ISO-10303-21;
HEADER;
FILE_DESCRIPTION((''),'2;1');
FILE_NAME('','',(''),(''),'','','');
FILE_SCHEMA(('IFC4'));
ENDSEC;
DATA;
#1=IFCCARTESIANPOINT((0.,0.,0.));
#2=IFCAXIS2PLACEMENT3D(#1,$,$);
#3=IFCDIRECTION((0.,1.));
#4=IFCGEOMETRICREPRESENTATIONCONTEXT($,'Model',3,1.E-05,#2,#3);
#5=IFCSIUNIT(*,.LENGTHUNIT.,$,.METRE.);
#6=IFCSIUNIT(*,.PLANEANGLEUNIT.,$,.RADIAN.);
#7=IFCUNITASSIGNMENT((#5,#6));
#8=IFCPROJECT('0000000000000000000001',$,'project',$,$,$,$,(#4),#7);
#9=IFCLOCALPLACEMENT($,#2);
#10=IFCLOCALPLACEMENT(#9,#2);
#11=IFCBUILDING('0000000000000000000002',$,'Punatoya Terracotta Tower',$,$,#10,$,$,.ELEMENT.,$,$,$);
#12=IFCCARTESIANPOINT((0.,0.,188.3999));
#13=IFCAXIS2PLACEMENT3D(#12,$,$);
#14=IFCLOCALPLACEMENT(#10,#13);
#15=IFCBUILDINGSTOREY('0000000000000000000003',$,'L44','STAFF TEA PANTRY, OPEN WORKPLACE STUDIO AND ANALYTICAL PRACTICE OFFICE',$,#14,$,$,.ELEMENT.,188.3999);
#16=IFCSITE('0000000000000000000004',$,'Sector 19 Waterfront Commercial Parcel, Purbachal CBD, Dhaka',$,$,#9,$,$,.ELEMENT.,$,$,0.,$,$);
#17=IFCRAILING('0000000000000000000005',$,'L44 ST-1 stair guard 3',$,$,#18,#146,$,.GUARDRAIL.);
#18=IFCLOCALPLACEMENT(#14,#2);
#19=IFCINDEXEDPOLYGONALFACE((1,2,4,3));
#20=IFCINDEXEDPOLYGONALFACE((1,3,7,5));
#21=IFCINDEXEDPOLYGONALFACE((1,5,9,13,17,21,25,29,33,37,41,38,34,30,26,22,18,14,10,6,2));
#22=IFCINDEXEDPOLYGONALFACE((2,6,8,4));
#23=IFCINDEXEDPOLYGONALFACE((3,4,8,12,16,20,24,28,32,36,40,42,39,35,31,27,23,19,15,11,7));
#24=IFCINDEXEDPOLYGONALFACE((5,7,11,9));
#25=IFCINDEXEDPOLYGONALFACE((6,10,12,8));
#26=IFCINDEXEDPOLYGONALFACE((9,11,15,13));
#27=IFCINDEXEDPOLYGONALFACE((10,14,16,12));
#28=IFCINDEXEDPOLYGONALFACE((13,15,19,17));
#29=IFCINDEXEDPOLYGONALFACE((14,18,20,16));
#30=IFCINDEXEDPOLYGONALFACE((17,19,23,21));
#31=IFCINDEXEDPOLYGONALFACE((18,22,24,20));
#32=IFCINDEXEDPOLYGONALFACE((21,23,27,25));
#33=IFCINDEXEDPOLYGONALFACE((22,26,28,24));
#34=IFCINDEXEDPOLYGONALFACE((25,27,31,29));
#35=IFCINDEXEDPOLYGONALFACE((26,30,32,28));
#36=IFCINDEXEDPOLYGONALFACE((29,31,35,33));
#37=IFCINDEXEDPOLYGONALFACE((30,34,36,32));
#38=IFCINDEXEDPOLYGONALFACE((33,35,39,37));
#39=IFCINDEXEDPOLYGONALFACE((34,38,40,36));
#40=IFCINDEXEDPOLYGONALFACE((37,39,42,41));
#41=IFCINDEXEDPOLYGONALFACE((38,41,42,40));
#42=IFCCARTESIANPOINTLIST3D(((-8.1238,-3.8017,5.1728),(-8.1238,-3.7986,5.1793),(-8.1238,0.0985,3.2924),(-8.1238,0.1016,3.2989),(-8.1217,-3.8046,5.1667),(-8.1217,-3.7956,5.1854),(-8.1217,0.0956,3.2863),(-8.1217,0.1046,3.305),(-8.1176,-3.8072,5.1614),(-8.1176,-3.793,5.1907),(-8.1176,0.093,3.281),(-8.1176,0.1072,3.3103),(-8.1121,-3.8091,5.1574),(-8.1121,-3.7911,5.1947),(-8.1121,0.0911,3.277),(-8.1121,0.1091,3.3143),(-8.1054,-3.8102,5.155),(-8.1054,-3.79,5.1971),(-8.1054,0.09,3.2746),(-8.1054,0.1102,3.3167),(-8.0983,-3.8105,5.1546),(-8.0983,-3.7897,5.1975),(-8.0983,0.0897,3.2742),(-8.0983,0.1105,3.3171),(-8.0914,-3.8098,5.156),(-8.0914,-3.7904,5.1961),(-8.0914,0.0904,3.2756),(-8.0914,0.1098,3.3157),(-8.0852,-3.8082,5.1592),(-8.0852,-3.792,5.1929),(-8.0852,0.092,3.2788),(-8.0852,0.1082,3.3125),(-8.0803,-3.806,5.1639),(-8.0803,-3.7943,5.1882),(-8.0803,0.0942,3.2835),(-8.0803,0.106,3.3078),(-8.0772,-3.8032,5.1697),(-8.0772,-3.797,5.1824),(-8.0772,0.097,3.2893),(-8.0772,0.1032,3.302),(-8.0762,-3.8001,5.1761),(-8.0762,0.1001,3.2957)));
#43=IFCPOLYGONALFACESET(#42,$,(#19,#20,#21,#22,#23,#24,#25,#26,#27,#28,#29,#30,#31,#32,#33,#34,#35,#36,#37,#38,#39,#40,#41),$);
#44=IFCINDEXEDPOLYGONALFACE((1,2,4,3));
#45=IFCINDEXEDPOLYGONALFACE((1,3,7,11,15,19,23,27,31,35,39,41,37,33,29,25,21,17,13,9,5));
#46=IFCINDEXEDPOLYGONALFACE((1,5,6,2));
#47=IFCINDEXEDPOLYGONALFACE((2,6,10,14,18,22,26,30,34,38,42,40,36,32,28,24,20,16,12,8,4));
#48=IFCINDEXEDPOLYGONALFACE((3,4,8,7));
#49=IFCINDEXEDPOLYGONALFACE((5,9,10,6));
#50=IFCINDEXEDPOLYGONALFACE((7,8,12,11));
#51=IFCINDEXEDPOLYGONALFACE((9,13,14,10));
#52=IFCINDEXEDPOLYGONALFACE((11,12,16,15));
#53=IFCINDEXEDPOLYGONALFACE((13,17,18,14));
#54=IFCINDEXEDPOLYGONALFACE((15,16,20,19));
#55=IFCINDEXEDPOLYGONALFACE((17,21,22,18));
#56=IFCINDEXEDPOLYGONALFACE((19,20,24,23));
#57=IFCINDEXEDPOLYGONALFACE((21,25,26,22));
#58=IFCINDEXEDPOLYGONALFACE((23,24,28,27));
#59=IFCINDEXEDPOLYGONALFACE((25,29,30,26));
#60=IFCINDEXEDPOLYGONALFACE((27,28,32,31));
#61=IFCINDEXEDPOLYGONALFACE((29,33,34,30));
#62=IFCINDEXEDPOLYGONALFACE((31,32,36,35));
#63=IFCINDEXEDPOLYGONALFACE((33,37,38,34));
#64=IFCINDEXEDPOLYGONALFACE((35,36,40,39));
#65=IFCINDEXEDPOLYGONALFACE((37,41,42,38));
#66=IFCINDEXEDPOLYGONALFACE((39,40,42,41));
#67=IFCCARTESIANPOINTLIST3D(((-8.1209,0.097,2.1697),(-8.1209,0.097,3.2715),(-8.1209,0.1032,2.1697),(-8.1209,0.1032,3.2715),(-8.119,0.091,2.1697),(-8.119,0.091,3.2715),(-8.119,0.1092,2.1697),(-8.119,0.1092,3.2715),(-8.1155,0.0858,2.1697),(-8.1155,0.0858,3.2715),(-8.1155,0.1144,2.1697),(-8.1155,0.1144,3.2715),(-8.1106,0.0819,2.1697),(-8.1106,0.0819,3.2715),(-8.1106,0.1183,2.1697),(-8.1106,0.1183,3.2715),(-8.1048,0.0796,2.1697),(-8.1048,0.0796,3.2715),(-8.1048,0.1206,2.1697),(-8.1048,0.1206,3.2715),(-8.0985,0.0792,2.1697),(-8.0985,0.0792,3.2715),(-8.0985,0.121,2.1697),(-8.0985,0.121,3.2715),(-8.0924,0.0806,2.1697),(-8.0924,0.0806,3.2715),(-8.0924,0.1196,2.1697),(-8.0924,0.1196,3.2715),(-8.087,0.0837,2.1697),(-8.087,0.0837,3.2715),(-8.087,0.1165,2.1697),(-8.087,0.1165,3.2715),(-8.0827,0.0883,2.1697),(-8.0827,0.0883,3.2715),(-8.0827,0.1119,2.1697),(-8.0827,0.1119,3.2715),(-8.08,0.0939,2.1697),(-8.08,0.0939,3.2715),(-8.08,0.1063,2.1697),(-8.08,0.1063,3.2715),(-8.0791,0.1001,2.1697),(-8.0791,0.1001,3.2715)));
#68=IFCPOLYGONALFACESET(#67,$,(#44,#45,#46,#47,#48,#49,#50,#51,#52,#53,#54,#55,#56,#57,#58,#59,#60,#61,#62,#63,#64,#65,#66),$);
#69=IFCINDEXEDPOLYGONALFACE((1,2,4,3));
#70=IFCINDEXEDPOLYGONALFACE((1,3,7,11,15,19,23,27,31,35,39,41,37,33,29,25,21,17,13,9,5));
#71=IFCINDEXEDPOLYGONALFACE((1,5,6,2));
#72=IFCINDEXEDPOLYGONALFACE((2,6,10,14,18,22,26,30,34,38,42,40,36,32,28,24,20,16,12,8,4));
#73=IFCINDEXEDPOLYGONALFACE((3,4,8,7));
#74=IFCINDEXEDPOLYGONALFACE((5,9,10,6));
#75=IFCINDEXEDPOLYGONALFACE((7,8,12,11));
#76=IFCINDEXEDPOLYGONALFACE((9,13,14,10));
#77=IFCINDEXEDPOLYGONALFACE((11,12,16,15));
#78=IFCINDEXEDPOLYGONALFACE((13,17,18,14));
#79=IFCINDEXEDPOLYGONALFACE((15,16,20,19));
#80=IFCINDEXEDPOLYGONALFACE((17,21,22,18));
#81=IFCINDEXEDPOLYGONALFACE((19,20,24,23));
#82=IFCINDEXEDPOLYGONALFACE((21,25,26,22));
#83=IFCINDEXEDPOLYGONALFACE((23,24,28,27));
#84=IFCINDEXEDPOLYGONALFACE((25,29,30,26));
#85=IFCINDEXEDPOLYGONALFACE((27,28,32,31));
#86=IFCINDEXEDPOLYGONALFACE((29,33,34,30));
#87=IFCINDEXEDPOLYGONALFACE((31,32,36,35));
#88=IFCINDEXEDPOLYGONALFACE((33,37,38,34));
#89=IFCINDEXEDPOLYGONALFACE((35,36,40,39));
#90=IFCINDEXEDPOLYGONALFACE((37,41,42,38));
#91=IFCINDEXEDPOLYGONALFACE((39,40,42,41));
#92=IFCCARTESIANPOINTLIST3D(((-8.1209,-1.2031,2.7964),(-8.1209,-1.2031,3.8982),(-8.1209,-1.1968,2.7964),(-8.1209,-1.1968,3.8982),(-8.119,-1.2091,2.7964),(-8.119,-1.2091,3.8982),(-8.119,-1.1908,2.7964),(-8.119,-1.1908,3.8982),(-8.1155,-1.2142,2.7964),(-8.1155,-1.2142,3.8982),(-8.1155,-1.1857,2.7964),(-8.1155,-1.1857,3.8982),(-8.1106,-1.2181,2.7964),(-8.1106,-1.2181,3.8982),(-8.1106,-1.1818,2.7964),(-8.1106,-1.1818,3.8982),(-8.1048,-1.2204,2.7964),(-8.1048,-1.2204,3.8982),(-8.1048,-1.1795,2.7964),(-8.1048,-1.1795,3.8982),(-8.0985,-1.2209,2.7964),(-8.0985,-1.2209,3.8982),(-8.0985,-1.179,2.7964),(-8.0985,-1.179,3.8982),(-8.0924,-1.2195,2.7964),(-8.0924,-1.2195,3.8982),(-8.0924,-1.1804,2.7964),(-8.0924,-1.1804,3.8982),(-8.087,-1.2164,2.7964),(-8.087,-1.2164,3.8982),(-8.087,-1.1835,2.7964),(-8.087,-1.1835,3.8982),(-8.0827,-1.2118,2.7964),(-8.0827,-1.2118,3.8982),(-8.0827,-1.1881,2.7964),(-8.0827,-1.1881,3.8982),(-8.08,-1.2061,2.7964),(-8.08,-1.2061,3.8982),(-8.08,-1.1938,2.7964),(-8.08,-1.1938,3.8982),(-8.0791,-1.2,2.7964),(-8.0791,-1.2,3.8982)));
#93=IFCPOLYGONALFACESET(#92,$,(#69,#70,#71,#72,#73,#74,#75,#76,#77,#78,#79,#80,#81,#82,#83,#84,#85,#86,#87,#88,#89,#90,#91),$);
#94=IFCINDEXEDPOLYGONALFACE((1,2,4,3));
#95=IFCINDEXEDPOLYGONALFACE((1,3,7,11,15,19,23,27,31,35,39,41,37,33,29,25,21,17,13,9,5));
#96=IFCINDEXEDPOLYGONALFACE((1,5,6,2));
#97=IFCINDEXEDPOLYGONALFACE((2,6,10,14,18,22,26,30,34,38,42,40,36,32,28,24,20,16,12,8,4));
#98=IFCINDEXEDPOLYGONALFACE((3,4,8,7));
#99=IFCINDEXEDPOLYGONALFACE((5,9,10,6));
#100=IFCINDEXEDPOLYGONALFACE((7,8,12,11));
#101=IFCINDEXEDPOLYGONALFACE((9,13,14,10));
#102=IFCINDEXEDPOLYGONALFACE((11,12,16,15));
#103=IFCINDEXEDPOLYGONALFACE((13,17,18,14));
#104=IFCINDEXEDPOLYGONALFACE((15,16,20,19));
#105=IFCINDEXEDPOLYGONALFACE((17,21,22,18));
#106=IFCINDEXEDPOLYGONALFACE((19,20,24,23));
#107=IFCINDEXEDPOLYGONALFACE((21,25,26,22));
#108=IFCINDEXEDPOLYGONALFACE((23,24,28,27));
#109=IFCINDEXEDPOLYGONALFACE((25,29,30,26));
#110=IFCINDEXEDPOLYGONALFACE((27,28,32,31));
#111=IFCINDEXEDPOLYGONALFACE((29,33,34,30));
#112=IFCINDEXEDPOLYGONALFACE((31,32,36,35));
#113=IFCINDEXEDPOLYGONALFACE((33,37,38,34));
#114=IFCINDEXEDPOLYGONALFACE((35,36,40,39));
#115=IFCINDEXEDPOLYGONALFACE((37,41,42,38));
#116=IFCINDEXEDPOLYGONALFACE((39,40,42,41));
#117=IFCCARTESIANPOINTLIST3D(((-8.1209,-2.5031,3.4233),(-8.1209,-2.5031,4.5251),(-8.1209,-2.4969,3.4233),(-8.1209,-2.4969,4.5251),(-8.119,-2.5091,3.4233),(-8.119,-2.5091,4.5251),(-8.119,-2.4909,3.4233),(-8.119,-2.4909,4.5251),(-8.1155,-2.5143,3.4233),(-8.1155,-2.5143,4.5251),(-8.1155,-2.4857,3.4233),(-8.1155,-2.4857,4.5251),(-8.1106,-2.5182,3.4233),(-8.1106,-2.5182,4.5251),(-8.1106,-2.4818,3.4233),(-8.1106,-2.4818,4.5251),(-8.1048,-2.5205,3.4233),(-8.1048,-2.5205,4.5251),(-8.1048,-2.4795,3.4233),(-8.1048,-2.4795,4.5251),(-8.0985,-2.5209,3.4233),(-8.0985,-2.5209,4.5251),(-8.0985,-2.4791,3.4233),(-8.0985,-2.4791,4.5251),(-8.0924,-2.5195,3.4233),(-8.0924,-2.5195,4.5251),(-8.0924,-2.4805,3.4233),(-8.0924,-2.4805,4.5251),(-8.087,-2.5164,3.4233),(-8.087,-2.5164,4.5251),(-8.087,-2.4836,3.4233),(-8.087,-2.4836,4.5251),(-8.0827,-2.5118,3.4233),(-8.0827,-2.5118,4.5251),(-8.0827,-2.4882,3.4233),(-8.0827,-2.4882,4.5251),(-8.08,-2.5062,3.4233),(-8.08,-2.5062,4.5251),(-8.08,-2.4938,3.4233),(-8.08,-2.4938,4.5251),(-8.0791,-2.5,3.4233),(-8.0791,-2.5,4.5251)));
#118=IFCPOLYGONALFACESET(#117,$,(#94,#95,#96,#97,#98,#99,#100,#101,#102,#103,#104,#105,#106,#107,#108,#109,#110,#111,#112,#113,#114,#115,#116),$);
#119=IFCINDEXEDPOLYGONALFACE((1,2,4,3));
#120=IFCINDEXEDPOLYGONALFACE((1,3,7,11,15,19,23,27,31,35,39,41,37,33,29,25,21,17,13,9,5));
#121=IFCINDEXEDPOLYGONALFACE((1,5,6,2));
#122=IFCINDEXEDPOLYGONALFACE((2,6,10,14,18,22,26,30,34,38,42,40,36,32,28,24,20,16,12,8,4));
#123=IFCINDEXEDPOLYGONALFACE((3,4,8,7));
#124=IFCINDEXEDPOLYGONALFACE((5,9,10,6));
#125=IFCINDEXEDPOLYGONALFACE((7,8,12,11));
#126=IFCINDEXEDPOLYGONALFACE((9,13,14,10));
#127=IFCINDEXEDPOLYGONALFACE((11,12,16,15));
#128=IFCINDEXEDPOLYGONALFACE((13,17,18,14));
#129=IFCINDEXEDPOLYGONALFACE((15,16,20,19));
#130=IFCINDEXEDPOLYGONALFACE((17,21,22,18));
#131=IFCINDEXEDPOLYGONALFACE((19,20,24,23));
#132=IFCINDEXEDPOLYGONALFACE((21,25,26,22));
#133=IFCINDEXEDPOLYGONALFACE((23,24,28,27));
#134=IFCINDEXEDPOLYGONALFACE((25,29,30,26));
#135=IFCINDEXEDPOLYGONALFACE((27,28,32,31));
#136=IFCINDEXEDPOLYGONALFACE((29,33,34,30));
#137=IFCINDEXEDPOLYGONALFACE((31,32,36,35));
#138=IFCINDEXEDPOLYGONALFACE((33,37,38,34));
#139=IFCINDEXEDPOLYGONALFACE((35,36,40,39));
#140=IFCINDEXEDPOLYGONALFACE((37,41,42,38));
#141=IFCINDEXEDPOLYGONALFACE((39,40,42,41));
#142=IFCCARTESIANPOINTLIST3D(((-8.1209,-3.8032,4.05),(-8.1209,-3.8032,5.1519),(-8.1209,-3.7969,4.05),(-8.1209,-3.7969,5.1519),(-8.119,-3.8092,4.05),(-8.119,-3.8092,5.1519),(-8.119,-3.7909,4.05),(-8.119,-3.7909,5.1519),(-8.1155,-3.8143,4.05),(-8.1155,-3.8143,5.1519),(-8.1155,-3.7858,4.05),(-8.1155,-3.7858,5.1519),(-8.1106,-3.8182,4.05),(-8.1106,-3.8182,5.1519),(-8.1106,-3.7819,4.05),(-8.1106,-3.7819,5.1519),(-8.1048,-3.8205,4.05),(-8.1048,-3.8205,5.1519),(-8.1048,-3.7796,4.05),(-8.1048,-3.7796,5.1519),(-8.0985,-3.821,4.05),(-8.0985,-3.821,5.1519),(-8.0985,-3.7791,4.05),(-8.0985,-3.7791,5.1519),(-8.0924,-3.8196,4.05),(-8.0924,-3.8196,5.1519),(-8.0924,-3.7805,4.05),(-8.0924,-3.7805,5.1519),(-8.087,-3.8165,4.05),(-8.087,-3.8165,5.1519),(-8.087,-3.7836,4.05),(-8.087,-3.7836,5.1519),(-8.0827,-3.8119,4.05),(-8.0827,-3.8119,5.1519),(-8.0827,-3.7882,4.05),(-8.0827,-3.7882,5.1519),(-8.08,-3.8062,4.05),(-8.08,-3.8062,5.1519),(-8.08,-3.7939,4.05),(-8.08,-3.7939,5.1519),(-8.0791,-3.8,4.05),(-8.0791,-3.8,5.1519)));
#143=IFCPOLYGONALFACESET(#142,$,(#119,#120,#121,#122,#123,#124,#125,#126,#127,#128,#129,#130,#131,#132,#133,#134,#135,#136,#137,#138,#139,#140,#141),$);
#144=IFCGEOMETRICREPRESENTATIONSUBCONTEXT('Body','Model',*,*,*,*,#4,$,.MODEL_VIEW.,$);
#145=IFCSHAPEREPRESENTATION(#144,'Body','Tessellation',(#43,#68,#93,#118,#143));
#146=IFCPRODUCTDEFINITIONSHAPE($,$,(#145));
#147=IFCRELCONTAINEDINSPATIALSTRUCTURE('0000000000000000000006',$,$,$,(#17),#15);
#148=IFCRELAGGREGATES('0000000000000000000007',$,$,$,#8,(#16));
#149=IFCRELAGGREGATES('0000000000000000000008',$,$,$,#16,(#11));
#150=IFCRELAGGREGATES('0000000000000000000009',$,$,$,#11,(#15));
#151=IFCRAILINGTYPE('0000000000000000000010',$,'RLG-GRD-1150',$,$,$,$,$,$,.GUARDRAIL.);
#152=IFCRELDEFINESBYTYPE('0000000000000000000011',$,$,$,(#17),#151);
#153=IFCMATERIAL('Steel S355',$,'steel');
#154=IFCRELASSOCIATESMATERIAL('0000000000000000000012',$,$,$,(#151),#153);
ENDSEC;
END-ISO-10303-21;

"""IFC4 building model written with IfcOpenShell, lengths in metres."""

from ifc_helpers import new_model, si_unit, direction, frame, origin, origin_2d, place, context, subcontext, project, spatial, circle, extrude, material, type_object, element, save


model = new_model("IFC4")

# Units and contexts
model_context = context("Model", 3, precision=1e-05, world=origin(), true_north=direction((0.0, 1.0)))
body_context = subcontext(model_context, "Body", "Model", "MODEL_VIEW")
ifc_project = project(units=[si_unit("LENGTHUNIT", "METRE"), si_unit("PLANEANGLEUNIT", "RADIAN")], contexts=[model_context])

# Site, building, storey
site_placement = place(None, origin())
site = spatial("IfcSite", under=ifc_project, at=site_placement, Name="Sector 19 Waterfront Commercial Parcel, Purbachal CBD, Dhaka", CompositionType="ELEMENT", RefElevation=0.0)
building_placement = place(site_placement, origin())
building = spatial("IfcBuilding", under=site, at=building_placement, Name="Punatoya Terracotta Tower", CompositionType="ELEMENT")
storey_placement = place(building_placement, frame((0.0, 0.0, 188.3999)))
storey = spatial("IfcBuildingStorey", under=building, at=storey_placement, Name="L44", Description="STAFF TEA PANTRY, OPEN WORKPLACE STUDIO AND ANALYTICAL PRACTICE OFFICE", CompositionType="ELEMENT", Elevation=188.3999)

# Shared definitions
ifc_material_1 = material(Name="Steel S355", Category="steel")

# Railing
railing_type_1 = type_object("IfcRailingType", Name="RLG-GRD-1150", PredefinedType="GUARDRAIL", material=ifc_material_1)
railing_1_placement = place(storey_placement, frame((-8.1001, 0.1001, 2.1697)))
element("IfcRailing", 1, at=railing_1_placement, inside=storey, type_object=railing_type_1, Name="L44 ST-1 stair guard 3", PredefinedType="GUARDRAIL", context=body_context, shape_type="SweptSolid", body=[
    extrude(circle(Radius=0.0239, at=origin_2d()), frame((0.0, 0.0, 1.126), z_axis=(0.0, -0.900774, 0.434289), x_axis=(1.0, 0.0, 0.0)), (0.0, 0.0, 1.0), 4.3298),
    extrude(circle(Radius=0.021, at=origin_2d()), origin(), (0.0, 0.0, 1.0), 1.1018),
    extrude(circle(Radius=0.021, at=origin_2d()), frame((0.0, -1.3, 0.6267)), (0.0, 0.0, 1.0), 1.1018),
    extrude(circle(Radius=0.021, at=origin_2d()), frame((0.0, -2.6001, 1.2537)), (0.0, 0.0, 1.0), 1.1018),
    extrude(circle(Radius=0.021, at=origin_2d()), frame((0.0, -3.9001, 1.8804)), (0.0, 0.0, 1.0), 1.1018),
])

save(model, "model.ifc")
